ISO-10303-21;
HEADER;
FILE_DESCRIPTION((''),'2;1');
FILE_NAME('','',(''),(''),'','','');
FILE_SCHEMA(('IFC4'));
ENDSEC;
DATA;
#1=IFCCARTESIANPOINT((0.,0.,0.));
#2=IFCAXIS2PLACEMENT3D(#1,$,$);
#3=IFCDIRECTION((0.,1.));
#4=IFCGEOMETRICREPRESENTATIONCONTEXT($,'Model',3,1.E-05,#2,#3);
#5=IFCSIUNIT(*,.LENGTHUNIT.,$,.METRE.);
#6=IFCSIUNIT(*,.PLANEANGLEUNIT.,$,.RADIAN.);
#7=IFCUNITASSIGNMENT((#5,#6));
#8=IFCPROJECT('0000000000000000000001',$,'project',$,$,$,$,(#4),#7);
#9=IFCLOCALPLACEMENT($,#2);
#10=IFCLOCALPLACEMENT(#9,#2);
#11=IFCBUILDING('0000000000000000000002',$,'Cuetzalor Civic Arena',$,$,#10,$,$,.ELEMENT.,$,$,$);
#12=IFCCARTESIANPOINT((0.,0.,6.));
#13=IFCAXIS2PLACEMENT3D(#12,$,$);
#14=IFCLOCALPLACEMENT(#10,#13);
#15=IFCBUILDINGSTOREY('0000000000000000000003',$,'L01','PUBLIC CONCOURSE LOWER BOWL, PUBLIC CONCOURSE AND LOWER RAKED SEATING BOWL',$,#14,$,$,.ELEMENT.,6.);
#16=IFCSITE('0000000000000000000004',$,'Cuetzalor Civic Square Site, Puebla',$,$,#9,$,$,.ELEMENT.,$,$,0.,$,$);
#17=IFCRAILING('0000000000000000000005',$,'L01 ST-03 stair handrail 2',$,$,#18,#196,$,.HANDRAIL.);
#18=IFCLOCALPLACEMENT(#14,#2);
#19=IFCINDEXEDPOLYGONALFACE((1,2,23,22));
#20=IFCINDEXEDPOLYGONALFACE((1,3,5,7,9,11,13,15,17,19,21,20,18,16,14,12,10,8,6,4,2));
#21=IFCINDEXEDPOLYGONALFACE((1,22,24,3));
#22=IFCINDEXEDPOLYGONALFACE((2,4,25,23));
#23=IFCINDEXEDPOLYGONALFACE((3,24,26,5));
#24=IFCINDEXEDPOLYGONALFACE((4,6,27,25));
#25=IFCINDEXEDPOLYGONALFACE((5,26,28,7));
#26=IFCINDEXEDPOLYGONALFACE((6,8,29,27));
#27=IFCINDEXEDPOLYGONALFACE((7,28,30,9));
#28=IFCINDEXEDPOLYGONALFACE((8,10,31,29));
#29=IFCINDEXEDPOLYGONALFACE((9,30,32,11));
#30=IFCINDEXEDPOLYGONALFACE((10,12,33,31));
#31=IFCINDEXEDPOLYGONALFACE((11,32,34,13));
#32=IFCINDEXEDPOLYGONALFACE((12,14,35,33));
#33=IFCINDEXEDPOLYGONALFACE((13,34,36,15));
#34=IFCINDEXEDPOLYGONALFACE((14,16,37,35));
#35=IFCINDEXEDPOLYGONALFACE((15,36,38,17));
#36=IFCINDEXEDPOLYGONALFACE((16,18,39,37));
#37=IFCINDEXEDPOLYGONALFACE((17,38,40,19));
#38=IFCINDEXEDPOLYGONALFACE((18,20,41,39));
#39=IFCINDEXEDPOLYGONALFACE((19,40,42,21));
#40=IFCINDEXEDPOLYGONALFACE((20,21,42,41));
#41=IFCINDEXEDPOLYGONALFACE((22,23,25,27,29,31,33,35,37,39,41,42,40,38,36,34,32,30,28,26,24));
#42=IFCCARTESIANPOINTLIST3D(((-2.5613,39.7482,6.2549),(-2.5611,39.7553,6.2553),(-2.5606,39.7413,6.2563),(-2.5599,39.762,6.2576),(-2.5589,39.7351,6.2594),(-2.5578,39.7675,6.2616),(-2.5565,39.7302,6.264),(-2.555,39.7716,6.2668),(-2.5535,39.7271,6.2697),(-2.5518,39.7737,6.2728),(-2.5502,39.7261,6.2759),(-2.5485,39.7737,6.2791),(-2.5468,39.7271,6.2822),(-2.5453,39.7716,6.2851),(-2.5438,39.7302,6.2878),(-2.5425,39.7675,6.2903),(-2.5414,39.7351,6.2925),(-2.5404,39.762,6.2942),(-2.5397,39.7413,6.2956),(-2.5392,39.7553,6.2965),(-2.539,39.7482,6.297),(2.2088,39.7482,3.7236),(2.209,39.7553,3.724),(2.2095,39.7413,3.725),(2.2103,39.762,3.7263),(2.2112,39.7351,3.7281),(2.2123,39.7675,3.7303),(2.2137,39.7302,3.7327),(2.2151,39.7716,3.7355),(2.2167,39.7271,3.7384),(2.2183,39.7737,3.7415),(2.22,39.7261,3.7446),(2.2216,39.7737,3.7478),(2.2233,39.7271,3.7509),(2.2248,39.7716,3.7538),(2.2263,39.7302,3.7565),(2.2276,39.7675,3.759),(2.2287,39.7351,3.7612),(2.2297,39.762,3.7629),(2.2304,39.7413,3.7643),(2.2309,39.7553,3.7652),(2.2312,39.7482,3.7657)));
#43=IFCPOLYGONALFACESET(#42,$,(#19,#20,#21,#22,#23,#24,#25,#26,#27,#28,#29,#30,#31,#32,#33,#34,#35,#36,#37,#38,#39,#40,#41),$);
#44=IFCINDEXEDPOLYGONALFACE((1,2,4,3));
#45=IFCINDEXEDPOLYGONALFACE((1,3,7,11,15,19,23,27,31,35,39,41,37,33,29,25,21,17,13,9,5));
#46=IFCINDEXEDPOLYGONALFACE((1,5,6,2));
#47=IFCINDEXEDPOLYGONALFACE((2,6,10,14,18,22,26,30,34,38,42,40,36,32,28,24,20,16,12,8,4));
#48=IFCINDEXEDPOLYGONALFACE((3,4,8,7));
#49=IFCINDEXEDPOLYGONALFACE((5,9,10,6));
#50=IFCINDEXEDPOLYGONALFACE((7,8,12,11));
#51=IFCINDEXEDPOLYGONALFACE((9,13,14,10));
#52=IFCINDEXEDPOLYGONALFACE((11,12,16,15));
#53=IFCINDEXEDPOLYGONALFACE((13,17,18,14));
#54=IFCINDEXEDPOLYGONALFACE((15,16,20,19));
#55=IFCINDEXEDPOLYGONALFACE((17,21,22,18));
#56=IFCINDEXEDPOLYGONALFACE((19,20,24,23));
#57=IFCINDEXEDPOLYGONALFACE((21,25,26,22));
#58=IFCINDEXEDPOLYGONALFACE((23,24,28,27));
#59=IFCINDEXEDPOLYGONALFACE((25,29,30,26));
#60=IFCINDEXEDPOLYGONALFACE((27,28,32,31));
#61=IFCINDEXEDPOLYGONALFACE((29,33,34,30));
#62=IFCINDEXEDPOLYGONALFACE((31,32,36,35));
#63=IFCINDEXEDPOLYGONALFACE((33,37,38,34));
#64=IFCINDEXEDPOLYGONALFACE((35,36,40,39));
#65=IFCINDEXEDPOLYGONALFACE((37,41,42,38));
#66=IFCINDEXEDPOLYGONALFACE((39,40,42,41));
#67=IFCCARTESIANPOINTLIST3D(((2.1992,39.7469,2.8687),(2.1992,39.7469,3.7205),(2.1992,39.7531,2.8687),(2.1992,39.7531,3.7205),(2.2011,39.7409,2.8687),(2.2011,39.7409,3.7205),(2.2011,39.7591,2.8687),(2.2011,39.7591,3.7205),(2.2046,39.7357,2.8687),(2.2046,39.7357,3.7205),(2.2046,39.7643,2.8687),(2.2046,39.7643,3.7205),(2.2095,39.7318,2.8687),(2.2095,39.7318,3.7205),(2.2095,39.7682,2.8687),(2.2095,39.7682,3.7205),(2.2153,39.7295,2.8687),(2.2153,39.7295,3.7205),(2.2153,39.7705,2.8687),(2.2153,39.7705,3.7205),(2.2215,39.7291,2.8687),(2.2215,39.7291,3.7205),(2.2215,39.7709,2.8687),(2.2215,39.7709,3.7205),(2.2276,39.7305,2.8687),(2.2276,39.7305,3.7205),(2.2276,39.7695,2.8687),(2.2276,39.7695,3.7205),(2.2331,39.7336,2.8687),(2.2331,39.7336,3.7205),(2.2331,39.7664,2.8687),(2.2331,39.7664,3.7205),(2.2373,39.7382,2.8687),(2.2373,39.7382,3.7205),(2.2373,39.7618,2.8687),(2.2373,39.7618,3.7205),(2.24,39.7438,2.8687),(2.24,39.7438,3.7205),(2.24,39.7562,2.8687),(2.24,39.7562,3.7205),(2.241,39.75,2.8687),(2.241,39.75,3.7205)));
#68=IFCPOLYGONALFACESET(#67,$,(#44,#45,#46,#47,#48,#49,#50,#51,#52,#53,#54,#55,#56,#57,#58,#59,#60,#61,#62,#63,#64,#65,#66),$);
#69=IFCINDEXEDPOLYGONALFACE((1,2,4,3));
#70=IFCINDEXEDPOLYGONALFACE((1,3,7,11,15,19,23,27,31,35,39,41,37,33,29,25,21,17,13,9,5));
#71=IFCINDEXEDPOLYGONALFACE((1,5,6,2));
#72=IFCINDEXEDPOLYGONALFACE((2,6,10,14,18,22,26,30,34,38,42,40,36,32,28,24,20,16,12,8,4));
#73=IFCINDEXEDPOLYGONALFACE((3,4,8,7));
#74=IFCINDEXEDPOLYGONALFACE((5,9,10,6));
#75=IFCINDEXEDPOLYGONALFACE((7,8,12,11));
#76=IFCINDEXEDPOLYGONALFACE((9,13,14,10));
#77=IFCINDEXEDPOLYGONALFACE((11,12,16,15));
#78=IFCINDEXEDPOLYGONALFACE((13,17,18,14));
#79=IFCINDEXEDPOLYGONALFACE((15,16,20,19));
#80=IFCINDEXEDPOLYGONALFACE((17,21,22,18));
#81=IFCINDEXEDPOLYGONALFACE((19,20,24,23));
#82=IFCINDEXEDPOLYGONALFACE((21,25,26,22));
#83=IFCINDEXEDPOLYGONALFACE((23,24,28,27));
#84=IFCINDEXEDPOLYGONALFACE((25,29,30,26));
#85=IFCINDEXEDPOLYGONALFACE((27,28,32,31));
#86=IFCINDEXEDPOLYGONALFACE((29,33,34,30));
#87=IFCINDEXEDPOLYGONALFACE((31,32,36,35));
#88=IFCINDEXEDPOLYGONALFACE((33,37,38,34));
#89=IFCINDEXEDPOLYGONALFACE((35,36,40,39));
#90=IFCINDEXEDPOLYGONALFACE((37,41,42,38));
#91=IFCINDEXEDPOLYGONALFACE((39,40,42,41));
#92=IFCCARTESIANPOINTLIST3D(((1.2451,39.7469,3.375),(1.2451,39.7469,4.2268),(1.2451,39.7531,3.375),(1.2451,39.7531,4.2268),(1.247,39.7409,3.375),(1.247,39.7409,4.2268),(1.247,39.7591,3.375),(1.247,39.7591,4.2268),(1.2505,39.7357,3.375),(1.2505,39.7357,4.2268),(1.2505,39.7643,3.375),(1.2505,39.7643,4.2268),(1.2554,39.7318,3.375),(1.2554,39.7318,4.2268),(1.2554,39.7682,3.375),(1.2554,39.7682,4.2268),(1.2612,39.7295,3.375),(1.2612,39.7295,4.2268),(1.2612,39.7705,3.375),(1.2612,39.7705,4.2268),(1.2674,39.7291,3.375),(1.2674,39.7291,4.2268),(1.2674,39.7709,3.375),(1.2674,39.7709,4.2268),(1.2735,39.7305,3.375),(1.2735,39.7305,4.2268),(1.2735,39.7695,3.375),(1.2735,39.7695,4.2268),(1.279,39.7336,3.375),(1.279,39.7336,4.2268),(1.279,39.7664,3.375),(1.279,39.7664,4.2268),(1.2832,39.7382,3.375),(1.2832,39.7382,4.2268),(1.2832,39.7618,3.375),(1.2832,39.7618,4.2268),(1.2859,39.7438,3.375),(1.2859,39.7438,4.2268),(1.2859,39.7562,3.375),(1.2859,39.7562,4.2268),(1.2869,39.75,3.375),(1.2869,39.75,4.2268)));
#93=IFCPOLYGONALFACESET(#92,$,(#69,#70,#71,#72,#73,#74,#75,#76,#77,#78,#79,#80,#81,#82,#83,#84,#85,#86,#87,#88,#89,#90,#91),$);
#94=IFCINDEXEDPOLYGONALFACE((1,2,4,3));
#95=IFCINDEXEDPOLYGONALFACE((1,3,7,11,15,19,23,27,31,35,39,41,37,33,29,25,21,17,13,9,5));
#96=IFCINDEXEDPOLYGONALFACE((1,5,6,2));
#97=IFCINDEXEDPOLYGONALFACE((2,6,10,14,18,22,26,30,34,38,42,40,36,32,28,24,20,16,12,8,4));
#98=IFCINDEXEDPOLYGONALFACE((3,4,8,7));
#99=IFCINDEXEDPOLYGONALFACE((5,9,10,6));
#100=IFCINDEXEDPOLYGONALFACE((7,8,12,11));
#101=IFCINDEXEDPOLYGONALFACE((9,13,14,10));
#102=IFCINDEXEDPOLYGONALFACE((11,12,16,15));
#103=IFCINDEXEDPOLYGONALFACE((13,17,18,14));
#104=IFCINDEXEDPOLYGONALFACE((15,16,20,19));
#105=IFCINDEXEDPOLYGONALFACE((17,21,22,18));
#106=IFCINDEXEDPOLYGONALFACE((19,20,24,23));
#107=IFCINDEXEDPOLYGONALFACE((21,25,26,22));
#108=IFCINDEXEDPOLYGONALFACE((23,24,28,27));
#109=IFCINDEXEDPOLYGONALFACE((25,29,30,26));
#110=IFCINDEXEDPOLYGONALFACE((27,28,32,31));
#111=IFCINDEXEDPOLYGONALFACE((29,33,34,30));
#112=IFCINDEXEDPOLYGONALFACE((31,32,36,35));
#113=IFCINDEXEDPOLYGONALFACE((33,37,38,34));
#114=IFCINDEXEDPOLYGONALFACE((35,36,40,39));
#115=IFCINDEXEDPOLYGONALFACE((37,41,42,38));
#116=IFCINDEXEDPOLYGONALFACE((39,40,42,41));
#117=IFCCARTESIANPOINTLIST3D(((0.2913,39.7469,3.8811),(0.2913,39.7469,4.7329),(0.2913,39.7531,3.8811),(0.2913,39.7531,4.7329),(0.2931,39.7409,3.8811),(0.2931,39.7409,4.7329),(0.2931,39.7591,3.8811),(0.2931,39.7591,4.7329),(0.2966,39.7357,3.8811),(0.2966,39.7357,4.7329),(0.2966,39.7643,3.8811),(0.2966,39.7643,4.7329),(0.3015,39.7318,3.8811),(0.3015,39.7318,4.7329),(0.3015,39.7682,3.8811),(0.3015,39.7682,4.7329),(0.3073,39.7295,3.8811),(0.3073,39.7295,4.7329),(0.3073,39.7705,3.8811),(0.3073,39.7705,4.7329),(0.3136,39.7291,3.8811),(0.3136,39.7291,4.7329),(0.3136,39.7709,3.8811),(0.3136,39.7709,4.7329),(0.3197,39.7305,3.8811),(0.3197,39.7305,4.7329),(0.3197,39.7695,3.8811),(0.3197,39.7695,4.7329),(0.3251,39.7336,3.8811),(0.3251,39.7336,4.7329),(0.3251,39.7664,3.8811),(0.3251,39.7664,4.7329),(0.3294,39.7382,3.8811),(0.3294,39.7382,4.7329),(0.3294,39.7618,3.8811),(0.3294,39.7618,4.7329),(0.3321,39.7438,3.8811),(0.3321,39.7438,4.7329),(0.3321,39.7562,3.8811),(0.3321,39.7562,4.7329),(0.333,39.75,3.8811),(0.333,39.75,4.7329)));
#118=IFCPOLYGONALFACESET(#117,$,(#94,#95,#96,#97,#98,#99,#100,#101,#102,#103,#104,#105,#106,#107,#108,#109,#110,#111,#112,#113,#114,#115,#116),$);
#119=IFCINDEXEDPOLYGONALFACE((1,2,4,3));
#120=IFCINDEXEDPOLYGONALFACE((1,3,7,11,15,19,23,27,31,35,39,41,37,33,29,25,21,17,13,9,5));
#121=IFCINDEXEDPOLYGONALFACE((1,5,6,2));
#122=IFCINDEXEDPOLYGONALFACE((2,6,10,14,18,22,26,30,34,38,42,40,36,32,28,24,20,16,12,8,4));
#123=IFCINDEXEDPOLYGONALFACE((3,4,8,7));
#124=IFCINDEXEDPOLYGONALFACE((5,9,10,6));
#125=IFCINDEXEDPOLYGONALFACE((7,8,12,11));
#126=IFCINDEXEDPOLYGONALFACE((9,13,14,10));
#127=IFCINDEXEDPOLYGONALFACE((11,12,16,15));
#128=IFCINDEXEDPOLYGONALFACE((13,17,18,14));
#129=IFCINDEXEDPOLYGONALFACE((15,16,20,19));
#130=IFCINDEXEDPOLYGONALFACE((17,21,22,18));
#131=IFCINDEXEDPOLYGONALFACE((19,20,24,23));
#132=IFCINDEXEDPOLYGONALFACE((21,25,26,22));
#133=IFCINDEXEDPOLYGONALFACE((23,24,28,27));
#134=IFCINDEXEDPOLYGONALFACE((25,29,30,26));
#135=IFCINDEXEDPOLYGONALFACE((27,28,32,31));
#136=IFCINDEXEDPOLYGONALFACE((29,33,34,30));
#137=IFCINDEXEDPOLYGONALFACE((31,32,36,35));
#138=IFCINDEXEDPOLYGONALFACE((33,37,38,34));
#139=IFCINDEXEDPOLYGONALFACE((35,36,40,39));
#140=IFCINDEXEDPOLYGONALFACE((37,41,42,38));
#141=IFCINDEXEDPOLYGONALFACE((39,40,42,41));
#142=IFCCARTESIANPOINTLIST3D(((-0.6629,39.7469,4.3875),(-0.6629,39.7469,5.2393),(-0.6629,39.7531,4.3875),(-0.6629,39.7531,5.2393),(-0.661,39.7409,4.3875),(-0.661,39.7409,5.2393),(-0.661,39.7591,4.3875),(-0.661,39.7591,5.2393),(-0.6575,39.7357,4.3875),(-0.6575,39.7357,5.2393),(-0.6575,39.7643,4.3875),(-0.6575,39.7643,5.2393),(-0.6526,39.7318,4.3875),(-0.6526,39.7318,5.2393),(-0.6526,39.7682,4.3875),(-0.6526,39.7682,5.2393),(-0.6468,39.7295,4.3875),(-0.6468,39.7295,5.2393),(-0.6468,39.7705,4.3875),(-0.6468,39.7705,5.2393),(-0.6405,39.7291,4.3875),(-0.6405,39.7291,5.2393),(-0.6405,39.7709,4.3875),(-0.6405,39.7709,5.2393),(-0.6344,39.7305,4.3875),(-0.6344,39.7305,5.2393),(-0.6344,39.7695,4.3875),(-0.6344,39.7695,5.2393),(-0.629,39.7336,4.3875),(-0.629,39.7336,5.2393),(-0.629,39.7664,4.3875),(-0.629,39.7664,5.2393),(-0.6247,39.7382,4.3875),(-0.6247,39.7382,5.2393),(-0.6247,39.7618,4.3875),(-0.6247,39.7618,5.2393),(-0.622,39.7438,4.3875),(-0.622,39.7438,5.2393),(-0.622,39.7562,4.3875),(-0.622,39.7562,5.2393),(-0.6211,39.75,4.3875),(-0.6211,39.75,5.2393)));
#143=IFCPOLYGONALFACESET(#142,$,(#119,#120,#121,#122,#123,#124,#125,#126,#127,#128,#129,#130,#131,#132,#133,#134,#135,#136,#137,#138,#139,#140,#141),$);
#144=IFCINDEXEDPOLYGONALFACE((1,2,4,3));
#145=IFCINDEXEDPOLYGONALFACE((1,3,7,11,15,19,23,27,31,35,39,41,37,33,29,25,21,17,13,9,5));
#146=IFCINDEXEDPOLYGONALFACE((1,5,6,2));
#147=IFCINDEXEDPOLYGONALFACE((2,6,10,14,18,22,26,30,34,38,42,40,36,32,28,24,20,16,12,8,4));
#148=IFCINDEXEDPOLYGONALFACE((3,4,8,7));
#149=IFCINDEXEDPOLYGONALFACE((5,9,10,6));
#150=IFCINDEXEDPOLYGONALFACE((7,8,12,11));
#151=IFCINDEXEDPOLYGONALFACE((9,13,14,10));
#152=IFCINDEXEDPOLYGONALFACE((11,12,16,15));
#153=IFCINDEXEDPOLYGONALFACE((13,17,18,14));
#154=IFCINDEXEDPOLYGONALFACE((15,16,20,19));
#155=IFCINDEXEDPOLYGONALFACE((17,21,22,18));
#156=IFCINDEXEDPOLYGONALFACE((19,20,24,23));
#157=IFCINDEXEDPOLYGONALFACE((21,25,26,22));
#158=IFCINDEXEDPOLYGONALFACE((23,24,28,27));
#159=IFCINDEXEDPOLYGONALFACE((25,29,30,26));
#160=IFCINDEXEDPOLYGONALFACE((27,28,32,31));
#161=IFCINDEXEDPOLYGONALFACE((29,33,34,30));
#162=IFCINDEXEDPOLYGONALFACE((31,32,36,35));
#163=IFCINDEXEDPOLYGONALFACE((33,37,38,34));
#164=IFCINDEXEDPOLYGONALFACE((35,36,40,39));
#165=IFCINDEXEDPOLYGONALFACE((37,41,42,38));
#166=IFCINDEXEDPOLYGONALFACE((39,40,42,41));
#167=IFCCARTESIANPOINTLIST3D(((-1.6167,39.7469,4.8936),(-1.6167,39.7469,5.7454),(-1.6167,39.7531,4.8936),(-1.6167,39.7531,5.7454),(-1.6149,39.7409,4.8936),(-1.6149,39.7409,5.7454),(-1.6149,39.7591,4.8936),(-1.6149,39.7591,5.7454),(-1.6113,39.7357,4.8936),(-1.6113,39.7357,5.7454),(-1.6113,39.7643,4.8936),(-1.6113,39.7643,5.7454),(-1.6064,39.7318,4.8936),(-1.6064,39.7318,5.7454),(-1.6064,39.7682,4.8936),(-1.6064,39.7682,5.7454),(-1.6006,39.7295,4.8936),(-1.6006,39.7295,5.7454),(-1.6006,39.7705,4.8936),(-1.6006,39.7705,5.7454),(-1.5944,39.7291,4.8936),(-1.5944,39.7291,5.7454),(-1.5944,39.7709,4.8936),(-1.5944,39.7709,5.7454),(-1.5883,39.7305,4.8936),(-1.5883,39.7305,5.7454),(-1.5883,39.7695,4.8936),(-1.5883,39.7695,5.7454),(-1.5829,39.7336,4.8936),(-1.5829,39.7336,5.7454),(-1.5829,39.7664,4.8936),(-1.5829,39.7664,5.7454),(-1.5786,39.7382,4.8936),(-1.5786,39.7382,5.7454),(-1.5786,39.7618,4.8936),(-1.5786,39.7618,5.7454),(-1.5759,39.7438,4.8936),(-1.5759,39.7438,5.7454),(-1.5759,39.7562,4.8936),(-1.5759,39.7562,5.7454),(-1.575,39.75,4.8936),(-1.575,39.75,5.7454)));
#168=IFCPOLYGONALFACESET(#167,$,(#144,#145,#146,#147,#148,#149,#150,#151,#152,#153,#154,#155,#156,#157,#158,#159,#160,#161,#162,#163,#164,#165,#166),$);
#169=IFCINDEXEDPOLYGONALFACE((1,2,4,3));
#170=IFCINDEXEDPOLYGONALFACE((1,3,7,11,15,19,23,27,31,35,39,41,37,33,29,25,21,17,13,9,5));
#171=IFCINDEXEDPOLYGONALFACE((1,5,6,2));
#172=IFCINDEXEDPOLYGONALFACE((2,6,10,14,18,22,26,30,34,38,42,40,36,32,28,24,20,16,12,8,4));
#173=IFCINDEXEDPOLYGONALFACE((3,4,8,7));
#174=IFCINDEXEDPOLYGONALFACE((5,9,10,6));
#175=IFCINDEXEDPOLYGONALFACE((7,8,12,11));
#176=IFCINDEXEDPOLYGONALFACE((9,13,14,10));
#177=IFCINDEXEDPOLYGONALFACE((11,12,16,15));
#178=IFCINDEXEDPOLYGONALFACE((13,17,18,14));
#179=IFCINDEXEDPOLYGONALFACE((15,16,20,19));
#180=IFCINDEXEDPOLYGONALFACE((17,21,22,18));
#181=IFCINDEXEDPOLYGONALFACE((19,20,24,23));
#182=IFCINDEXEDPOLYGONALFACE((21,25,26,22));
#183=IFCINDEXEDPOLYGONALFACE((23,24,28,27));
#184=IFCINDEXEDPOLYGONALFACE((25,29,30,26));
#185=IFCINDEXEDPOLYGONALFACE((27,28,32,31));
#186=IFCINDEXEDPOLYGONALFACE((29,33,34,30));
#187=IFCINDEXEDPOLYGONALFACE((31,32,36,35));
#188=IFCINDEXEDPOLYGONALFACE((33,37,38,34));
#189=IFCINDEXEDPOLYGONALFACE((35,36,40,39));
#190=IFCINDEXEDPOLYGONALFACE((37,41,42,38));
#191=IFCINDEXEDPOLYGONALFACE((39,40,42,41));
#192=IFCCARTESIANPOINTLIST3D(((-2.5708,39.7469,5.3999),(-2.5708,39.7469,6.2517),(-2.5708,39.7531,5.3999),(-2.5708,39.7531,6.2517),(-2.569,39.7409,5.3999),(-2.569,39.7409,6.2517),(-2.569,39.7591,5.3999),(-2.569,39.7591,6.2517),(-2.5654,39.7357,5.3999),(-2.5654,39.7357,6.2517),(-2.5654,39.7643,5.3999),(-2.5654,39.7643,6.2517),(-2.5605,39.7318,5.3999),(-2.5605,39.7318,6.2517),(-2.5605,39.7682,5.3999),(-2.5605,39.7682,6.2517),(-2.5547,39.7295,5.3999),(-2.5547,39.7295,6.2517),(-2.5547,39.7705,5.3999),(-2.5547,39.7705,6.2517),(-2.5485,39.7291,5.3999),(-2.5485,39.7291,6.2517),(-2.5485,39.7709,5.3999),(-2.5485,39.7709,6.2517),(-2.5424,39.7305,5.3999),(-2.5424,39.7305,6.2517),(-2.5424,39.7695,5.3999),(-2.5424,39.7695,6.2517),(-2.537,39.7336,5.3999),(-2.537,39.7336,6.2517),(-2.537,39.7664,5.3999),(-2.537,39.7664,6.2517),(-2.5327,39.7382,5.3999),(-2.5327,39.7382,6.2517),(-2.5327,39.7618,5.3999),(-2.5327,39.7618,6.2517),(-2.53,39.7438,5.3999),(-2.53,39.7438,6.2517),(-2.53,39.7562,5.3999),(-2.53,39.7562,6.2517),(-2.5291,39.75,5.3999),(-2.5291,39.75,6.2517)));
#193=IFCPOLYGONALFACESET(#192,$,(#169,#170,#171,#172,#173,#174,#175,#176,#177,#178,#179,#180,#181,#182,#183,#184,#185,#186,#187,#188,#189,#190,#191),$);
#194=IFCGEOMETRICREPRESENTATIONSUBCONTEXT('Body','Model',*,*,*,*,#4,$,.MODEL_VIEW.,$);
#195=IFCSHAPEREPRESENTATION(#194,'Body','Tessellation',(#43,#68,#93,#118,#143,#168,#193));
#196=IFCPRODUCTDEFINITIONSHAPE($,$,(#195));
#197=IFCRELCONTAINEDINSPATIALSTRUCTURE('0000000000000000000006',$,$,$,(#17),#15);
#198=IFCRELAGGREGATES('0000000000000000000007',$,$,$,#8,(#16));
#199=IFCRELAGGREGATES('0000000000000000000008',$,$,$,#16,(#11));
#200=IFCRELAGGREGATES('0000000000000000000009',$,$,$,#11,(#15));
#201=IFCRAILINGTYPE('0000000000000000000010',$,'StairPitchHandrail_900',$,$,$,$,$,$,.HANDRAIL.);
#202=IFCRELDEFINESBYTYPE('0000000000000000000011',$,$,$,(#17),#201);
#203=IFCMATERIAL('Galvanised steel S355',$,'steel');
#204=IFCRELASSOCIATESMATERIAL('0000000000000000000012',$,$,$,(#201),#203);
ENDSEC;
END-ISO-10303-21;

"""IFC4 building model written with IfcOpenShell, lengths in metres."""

from ifc_helpers import new_model, si_unit, direction, frame, origin, origin_2d, place, context, subcontext, project, spatial, circle, extrude, material, type_object, element, save


model = new_model("IFC4")

# Units and contexts
model_context = context("Model", 3, precision=1e-05, world=origin(), true_north=direction((0.0, 1.0)))
body_context = subcontext(model_context, "Body", "Model", "MODEL_VIEW")
ifc_project = project(units=[si_unit("LENGTHUNIT", "METRE"), si_unit("PLANEANGLEUNIT", "RADIAN")], contexts=[model_context])

# Site, building, storey
site_placement = place(None, origin())
site = spatial("IfcSite", under=ifc_project, at=site_placement, Name="Cuetzalor Civic Square Site, Puebla", CompositionType="ELEMENT", RefElevation=0.0)
building_placement = place(site_placement, origin())
building = spatial("IfcBuilding", under=site, at=building_placement, Name="Cuetzalor Civic Arena", CompositionType="ELEMENT")
storey_placement = place(building_placement, frame((0.0, 0.0, 6.0)))
storey = spatial("IfcBuildingStorey", under=building, at=storey_placement, Name="L01", Description="PUBLIC CONCOURSE LOWER BOWL, PUBLIC CONCOURSE AND LOWER RAKED SEATING BOWL", CompositionType="ELEMENT", Elevation=6.0)

# Railing
ifc_material_1 = material(Name="Galvanised steel S355", Category="steel")
railing_type = type_object("IfcRailingType", Name="StairPitchHandrail_900", PredefinedType="HANDRAIL", material=ifc_material_1)
railing_placement = place(storey_placement, frame((2.22, 39.75, 2.8687)))
element("IfcRailing", 1, at=railing_placement, inside=storey, type_object=railing_type, Name="L01 ST-03 stair handrail 2", PredefinedType="HANDRAIL", context=body_context, shape_type="SweptSolid", body=[
    extrude(circle(Radius=0.0239, at=origin_2d()), frame((0.0, 0.0, 0.876), z_axis=(-0.883332, 0.0, 0.468747), x_axis=(0.0, -1.0, 0.0)), (0.0, 0.0, 1.0), 5.4001),
    extrude(circle(Radius=0.021, at=origin_2d()), origin(), (0.0, 0.0, 1.0), 0.8518),
    extrude(circle(Radius=0.021, at=origin_2d()), frame((-0.9541, 0.0, 0.5063)), (0.0, 0.0, 1.0), 0.8518),
    extrude(circle(Radius=0.021, at=origin_2d()), frame((-1.908, 0.0, 1.0125)), (0.0, 0.0, 1.0), 0.8518),
    extrude(circle(Radius=0.021, at=origin_2d()), frame((-2.8621, 0.0, 1.5188)), (0.0, 0.0, 1.0), 0.8518),
    extrude(circle(Radius=0.021, at=origin_2d()), frame((-3.8159, 0.0, 2.0249)), (0.0, 0.0, 1.0), 0.8518),
    extrude(circle(Radius=0.021, at=origin_2d()), frame((-4.77, 0.0, 2.5312)), (0.0, 0.0, 1.0), 0.8518),
])

save(model, "model.ifc")
